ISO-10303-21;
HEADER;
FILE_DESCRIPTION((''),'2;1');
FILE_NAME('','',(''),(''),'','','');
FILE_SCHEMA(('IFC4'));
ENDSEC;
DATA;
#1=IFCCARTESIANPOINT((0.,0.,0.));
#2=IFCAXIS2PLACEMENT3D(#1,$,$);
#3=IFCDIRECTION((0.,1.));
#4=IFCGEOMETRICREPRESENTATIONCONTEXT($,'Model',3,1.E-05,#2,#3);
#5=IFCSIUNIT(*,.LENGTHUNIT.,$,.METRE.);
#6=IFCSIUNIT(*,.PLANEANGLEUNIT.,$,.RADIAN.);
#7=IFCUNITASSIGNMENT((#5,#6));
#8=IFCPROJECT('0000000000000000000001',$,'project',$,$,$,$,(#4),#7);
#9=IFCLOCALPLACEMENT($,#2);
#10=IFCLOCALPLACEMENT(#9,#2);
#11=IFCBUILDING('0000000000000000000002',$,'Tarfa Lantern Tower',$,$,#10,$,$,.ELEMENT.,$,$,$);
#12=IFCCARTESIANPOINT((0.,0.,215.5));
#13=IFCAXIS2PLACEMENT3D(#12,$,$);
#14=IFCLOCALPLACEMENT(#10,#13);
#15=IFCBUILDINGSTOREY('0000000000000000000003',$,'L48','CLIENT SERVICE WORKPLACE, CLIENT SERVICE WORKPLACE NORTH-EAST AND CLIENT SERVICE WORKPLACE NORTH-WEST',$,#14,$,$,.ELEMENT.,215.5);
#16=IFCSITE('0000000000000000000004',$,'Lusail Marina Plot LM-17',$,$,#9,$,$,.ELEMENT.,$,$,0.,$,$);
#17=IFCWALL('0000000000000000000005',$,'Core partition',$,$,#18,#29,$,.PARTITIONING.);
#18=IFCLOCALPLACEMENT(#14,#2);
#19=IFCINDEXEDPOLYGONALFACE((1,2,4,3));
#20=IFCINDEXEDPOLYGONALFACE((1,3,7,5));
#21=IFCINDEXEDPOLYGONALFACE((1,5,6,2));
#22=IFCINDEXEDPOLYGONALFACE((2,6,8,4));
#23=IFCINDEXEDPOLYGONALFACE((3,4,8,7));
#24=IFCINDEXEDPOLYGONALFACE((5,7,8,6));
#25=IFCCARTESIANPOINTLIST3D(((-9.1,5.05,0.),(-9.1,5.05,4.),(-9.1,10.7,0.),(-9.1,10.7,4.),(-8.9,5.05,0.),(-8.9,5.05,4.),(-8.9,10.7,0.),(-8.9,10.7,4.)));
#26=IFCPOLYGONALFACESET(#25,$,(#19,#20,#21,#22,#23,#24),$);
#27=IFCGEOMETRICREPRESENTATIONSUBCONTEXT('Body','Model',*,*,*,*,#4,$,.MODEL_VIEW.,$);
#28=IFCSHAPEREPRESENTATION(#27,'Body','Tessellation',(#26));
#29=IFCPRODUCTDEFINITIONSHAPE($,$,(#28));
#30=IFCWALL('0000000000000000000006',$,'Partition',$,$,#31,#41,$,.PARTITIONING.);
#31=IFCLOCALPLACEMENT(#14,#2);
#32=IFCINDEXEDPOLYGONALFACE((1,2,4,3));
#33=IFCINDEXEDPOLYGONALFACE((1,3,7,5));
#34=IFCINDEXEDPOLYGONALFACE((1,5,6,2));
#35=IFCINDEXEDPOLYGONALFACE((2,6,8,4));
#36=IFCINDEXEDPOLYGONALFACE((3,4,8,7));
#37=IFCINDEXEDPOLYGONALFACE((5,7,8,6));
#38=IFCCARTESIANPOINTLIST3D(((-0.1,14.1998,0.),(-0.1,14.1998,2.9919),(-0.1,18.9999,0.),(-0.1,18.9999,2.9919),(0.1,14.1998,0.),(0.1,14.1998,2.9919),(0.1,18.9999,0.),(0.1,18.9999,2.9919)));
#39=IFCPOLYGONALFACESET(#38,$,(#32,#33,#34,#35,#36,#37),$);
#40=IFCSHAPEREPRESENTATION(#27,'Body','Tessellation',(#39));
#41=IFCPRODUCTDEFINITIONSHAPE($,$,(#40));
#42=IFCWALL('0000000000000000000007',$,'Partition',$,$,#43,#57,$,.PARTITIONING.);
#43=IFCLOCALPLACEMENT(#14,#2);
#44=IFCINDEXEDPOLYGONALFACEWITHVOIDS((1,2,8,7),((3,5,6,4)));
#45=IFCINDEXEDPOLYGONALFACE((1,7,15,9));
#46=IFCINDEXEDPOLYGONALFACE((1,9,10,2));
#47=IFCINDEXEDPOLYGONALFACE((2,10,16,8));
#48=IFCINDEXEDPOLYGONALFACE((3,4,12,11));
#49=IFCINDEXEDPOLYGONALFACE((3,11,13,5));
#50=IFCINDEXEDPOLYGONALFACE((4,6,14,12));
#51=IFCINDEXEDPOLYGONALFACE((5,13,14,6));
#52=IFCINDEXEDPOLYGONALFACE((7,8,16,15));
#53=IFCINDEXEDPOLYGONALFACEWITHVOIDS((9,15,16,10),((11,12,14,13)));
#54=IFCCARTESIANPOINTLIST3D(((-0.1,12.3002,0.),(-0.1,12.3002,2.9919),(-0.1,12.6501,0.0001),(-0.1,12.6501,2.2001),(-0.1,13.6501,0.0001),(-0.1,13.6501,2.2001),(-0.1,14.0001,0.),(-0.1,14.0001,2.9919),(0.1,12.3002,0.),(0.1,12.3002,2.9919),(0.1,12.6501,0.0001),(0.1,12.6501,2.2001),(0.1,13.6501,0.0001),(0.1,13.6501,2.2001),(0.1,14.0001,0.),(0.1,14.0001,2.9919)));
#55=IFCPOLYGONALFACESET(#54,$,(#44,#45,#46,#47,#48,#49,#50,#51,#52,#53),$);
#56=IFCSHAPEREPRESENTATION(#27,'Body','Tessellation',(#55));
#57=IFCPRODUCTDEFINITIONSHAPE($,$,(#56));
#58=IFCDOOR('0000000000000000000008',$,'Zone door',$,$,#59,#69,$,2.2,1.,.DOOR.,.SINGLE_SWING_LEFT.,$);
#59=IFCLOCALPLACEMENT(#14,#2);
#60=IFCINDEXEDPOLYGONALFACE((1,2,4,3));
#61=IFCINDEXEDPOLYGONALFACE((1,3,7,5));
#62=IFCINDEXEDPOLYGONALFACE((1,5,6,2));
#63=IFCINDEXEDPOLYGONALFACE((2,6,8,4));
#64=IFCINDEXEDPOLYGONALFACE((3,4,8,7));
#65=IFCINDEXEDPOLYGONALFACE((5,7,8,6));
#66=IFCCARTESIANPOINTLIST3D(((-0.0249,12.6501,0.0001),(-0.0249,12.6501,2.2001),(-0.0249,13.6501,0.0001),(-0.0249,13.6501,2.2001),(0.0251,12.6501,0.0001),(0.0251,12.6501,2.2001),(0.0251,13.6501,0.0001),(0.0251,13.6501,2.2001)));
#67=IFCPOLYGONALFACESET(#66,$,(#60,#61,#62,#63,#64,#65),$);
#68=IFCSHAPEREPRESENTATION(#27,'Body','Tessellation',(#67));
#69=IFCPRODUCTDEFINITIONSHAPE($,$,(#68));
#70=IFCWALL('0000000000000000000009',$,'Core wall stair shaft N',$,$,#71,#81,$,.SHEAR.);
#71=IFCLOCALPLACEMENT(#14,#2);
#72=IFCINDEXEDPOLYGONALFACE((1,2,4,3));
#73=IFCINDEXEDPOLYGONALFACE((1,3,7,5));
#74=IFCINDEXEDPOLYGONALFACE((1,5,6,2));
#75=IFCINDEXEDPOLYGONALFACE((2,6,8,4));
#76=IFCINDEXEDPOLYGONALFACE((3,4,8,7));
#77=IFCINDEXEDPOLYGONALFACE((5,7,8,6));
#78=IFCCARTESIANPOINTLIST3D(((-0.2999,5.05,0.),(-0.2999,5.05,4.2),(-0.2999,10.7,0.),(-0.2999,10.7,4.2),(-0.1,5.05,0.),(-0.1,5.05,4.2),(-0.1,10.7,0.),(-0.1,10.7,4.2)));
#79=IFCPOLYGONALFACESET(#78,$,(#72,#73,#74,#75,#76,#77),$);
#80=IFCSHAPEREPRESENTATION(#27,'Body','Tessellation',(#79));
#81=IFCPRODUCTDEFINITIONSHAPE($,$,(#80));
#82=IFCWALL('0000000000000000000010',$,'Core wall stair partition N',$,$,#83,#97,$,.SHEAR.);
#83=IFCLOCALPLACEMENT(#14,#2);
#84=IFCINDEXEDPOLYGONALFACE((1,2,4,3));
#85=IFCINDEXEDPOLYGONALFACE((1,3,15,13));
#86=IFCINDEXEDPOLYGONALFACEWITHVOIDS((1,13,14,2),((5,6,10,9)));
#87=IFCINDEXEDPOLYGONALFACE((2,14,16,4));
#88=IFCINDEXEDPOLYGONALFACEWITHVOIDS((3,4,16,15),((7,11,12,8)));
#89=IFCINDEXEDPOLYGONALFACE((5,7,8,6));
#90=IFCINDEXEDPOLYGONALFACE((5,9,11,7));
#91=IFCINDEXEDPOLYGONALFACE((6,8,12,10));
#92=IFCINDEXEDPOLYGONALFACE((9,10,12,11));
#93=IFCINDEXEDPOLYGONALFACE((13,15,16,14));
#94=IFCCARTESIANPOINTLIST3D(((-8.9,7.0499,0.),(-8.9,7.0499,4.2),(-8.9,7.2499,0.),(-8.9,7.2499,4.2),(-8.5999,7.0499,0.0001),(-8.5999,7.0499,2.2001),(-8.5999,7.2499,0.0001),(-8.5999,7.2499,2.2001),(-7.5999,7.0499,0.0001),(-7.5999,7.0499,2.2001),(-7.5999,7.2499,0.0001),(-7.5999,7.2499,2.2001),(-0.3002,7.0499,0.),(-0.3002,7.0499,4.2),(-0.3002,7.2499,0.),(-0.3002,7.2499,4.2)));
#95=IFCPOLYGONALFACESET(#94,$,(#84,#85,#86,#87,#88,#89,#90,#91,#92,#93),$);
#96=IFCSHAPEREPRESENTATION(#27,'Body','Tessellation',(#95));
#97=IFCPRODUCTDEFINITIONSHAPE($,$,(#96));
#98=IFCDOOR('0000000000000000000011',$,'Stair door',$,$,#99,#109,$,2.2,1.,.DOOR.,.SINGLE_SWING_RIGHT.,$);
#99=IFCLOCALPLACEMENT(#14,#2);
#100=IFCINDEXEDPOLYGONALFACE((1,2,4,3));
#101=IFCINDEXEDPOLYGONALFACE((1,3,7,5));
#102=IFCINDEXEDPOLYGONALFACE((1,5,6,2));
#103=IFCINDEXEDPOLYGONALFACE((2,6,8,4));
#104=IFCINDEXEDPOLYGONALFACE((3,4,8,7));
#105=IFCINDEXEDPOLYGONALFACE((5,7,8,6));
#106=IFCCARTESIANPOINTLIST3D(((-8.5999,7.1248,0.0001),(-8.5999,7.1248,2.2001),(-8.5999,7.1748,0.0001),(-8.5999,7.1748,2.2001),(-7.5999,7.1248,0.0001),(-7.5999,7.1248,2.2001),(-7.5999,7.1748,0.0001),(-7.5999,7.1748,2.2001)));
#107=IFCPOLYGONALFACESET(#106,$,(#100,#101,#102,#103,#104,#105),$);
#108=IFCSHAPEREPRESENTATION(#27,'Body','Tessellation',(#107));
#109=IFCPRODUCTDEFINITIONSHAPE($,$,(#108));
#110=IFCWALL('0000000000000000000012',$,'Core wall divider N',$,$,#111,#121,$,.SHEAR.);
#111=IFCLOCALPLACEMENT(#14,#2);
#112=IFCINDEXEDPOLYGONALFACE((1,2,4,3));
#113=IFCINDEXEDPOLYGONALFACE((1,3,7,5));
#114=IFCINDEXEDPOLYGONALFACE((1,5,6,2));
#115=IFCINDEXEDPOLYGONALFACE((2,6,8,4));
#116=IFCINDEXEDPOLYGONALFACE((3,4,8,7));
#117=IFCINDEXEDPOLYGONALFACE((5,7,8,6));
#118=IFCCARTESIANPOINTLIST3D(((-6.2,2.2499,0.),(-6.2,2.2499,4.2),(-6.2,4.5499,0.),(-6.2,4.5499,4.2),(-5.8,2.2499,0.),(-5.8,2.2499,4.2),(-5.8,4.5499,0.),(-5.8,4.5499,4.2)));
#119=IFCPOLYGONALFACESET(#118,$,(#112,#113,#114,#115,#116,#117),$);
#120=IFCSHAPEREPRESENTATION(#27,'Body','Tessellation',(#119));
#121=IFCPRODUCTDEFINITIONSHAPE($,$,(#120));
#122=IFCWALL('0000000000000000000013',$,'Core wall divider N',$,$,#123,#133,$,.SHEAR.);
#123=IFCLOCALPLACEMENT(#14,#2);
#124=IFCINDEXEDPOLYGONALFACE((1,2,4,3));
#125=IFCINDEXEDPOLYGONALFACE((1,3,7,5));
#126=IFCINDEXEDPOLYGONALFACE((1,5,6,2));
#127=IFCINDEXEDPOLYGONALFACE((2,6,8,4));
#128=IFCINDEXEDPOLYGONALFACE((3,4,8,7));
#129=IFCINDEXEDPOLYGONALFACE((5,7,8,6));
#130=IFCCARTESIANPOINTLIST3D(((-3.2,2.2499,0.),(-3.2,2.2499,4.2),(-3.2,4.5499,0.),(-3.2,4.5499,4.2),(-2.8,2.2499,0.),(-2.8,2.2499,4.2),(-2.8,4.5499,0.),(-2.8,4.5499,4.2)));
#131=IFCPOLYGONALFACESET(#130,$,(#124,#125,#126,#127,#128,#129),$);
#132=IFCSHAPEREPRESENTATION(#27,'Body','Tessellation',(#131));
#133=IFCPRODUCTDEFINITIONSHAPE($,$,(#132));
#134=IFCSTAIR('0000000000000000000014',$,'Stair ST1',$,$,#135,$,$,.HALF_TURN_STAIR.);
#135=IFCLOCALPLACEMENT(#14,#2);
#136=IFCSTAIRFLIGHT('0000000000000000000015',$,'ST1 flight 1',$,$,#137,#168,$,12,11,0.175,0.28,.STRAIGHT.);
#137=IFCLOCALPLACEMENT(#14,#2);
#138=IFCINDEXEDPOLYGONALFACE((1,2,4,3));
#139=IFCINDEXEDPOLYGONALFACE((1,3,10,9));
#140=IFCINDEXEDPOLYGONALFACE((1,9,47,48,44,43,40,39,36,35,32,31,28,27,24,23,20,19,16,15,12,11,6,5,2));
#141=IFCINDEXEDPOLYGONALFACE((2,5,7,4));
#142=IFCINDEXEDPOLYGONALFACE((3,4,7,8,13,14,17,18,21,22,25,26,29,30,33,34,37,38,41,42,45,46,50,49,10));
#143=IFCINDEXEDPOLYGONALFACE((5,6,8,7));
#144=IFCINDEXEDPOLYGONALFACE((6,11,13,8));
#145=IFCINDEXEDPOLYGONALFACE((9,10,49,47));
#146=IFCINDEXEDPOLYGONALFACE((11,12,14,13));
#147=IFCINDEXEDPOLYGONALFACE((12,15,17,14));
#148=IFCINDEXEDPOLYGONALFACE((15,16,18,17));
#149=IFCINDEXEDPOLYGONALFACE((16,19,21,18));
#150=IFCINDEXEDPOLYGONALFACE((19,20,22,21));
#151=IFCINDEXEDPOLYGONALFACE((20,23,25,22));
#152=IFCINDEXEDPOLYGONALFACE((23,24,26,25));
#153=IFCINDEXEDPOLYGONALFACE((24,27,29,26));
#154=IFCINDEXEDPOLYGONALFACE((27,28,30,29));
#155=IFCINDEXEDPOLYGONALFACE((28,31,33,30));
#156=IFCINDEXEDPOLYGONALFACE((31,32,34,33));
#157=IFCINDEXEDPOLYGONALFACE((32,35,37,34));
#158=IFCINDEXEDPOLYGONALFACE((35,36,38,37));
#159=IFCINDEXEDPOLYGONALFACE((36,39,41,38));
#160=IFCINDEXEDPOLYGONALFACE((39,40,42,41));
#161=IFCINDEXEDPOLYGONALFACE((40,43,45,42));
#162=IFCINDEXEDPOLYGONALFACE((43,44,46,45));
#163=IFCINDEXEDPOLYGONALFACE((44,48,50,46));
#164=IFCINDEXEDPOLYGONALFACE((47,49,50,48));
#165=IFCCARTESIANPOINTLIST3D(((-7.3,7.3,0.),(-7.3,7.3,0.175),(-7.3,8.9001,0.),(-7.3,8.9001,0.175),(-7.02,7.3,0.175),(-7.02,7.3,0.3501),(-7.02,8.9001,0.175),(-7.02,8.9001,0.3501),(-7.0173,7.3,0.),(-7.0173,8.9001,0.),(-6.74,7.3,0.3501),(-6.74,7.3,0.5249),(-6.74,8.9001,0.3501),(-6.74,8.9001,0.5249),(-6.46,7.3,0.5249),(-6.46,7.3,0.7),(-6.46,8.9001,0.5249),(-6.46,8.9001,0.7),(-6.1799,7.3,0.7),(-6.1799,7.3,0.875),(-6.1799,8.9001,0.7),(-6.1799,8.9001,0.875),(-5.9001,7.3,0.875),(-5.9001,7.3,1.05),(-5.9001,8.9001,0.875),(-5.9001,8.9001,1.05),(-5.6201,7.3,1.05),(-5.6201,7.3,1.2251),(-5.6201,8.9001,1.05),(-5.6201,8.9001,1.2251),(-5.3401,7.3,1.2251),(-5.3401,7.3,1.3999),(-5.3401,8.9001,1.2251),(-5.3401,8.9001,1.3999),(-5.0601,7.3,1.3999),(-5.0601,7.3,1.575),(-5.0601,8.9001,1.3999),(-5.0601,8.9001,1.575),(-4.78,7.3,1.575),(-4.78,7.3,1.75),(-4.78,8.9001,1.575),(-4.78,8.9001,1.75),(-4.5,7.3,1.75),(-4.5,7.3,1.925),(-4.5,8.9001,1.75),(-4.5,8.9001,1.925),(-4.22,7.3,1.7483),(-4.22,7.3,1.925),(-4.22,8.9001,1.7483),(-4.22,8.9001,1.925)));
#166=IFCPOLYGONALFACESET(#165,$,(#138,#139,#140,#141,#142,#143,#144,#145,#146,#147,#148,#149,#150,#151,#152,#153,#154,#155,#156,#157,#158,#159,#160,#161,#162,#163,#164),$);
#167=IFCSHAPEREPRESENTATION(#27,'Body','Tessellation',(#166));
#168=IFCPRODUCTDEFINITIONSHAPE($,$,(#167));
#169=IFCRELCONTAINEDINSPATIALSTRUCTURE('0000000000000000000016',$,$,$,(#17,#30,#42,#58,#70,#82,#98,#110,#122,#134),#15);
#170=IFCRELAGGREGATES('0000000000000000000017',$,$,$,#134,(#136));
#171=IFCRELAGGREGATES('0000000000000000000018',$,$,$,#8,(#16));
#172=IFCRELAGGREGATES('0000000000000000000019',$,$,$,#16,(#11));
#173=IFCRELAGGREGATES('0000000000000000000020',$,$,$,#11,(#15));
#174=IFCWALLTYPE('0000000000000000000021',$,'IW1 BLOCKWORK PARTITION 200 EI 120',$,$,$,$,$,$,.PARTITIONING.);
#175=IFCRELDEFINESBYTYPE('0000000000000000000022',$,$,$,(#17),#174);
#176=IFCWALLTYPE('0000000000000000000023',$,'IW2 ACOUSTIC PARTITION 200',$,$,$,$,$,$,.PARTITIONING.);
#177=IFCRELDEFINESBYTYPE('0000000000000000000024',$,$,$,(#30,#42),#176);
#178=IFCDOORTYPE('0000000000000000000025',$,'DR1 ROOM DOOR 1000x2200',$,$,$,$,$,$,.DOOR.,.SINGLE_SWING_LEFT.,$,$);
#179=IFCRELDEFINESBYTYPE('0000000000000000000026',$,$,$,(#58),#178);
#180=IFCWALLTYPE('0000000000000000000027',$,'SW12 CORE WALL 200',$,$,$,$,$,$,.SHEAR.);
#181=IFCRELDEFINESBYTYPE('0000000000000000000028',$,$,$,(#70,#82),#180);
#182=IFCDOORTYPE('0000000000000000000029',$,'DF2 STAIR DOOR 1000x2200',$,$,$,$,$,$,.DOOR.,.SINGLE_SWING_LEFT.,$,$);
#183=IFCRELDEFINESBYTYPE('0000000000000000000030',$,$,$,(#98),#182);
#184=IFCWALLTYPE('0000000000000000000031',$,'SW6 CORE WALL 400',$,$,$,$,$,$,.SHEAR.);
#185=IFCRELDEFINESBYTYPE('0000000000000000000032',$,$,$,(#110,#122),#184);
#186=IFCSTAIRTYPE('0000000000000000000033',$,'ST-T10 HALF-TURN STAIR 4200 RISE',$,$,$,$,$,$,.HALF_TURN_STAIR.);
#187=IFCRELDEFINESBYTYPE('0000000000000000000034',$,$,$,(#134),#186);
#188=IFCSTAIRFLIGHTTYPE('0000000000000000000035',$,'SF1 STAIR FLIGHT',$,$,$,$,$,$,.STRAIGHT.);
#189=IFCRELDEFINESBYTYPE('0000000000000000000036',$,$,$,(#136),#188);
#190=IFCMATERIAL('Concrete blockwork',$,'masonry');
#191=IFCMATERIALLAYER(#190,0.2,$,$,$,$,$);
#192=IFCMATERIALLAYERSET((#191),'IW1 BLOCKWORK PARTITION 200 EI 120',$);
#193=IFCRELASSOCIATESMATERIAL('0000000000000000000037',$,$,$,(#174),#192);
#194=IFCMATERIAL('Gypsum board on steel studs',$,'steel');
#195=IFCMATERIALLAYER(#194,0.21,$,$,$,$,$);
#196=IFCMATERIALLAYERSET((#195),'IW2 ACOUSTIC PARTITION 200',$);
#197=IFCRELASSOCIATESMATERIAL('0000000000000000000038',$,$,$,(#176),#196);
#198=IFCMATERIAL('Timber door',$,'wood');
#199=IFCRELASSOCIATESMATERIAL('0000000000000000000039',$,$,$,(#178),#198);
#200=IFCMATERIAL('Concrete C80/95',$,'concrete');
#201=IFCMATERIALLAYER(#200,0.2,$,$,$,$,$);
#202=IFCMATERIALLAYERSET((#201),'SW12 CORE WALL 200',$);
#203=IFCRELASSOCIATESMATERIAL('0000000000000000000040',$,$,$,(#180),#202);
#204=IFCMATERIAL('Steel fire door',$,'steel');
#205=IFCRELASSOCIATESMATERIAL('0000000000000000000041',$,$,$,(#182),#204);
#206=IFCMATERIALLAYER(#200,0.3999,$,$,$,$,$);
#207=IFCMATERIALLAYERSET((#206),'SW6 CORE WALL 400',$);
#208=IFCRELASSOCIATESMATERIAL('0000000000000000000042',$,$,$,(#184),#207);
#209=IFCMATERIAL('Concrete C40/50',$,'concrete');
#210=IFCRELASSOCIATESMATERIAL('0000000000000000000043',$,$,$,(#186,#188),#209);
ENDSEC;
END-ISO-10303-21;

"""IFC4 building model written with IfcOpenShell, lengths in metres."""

from ifc_helpers import new_model, si_unit, direction, frame, frame_2d, origin, place, context, subcontext, project, spatial, polyline, rectangle, outline, extrude, material, layer, layer_set, type_object, element, fill, aggregate, save


model = new_model("IFC4")

# Units and contexts
model_context = context("Model", 3, precision=1e-05, world=origin(), true_north=direction((0.0, 1.0)))
body_context = subcontext(model_context, "Body", "Model", "MODEL_VIEW")
ifc_project = project(units=[si_unit("LENGTHUNIT", "METRE"), si_unit("PLANEANGLEUNIT", "RADIAN")], contexts=[model_context])

# Site, building, storey
site_placement = place(None, origin())
site = spatial("IfcSite", under=ifc_project, at=site_placement, Name="Lusail Marina Plot LM-17", CompositionType="ELEMENT", RefElevation=0.0)
building_placement = place(site_placement, origin())
building = spatial("IfcBuilding", under=site, at=building_placement, Name="Tarfa Lantern Tower", CompositionType="ELEMENT")
storey_placement = place(building_placement, frame((0.0, 0.0, 215.5)))
storey = spatial("IfcBuildingStorey", under=building, at=storey_placement, Name="L48", Description="CLIENT SERVICE WORKPLACE, CLIENT SERVICE WORKPLACE NORTH-EAST AND CLIENT SERVICE WORKPLACE NORTH-WEST", CompositionType="ELEMENT", Elevation=215.5)

# Walls
ifc_material_1 = material(Name="Concrete blockwork", Category="masonry")
ifc_layer_1 = layer(ifc_material_1, 0.2)
ifc_layer_set_1 = layer_set([ifc_layer_1], Name="IW1 BLOCKWORK PARTITION 200 EI 120")
wall_type_1 = type_object("IfcWallType", Name="IW1 BLOCKWORK PARTITION 200 EI 120", PredefinedType="PARTITIONING", material=ifc_layer_set_1)
wall_1_placement = place(storey_placement, frame((-9.0, 5.05, 0.0), z_axis=(0.0, 0.0, 1.0), x_axis=(0.0, 1.0, 0.0)))
element("IfcWall", 1, at=wall_1_placement, inside=storey, type_object=wall_type_1, Name="Core partition", PredefinedType="PARTITIONING", context=body_context, shape_type="SweptSolid", body=[
    extrude(rectangle(XDim=5.6499, YDim=0.2, at=frame_2d((2.825, 0.0))), origin(), (0.0, 0.0, 1.0), 4.0),
])
ifc_material_2 = material(Name="Gypsum board on steel studs", Category="steel")
ifc_layer_2 = layer(ifc_material_2, 0.21)
ifc_layer_set_2 = layer_set([ifc_layer_2], Name="IW2 ACOUSTIC PARTITION 200")
wall_type_2 = type_object("IfcWallType", Name="IW2 ACOUSTIC PARTITION 200", PredefinedType="PARTITIONING", material=ifc_layer_set_2)
wall_2_placement = place(storey_placement, frame((0.0, 14.2, 0.0), z_axis=(0.0, 0.0, 1.0), x_axis=(0.0, 1.0, 0.0)))
element("IfcWall", 2, at=wall_2_placement, inside=storey, type_object=wall_type_2, Name="Partition", PredefinedType="PARTITIONING", context=body_context, shape_type="SweptSolid", body=[
    extrude(rectangle(XDim=4.8, YDim=0.2, at=frame_2d((2.3999, 0.0))), origin(), (0.0, 0.0, 1.0), 2.9919),
])

# Wall, opening, door
wall_3_placement = place(storey_placement, frame((0.0, 12.3, 0.0), z_axis=(0.0, 0.0, 1.0), x_axis=(0.0, 1.0, 0.0)))
wall_3 = element("IfcWall", 3, at=wall_3_placement, inside=storey, type_object=wall_type_2, Name="Partition", PredefinedType="PARTITIONING", context=body_context, shape_type="SweptSolid", body=[
    extrude(rectangle(XDim=1.7, YDim=0.2, at=frame_2d((0.8501, 0.0))), origin(), (0.0, 0.0, 1.0), 2.9919),
])
opening_1_placement = place(wall_3_placement, frame((0.3501, 0.0, 0.0)))
opening_1 = element("IfcOpeningElement", 4, at=opening_1_placement, cuts=wall_3, PredefinedType="OPENING", context=body_context, shape_type="SweptSolid", body=[
    extrude(rectangle(XDim=1.0, YDim=2.2, at=frame_2d((0.5, 1.1001))), frame((0.0, 0.1099, 0.0), z_axis=(0.0, -1.0, 0.0), x_axis=(1.0, 0.0, 0.0)), (0.0, 0.0, 1.0), 0.22),
])
ifc_material_3 = material(Name="Timber door", Category="wood")
door_type_1 = type_object("IfcDoorType", Name="DR1 ROOM DOOR 1000x2200", OperationType="SINGLE_SWING_LEFT", PredefinedType="DOOR", material=ifc_material_3)
door_1_placement = place(opening_1_placement, origin())
door_1 = element("IfcDoor", 5, at=door_1_placement, inside=storey, type_object=door_type_1, Name="Zone door", OperationType="SINGLE_SWING_LEFT", OverallHeight=2.2, OverallWidth=1.0, PredefinedType="DOOR", context=body_context, shape_type="SweptSolid", body=[
    extrude(rectangle(XDim=1.0, YDim=2.2, at=frame_2d((0.5, 1.1001))), frame((0.0, 0.0249, 0.0), z_axis=(0.0, -1.0, 0.0), x_axis=(1.0, 0.0, 0.0)), (0.0, 0.0, 1.0), 0.05),
])
fill(opening_1, door_1)

# Wall
ifc_material_4 = material(Name="Concrete C80/95", Category="concrete")
ifc_layer_3 = layer(ifc_material_4, 0.2)
ifc_layer_set_3 = layer_set([ifc_layer_3], Name="SW12 CORE WALL 200")
wall_type_3 = type_object("IfcWallType", Name="SW12 CORE WALL 200", PredefinedType="SHEAR", material=ifc_layer_set_3)
wall_4_placement = place(storey_placement, frame((-0.2, 5.05, 0.0), z_axis=(0.0, 0.0, 1.0), x_axis=(0.0, 1.0, 0.0)))
element("IfcWall", 6, at=wall_4_placement, inside=storey, type_object=wall_type_3, Name="Core wall stair shaft N", PredefinedType="SHEAR", context=body_context, shape_type="SweptSolid", body=[
    extrude(rectangle(XDim=5.6499, YDim=0.2, at=frame_2d((2.825, 0.0))), origin(), (0.0, 0.0, 1.0), 4.2),
])

# Wall, opening, door
wall_5_placement = place(storey_placement, frame((-8.8999, 7.1499, 0.0), z_axis=(0.0, 0.0, 1.0), x_axis=(1.0, 0.0, 0.0)))
wall_5 = element("IfcWall", 7, at=wall_5_placement, inside=storey, type_object=wall_type_3, Name="Core wall stair partition N", PredefinedType="SHEAR", context=body_context, shape_type="SweptSolid", body=[
    extrude(rectangle(XDim=8.5999, YDim=0.2, at=frame_2d((4.2998, 0.0))), origin(), (0.0, 0.0, 1.0), 4.2),
])
opening_2_placement = place(wall_5_placement, frame((0.3, 0.0, 0.0)))
opening_2 = element("IfcOpeningElement", 8, at=opening_2_placement, cuts=wall_5, PredefinedType="OPENING", context=body_context, shape_type="SweptSolid", body=[
    extrude(rectangle(XDim=1.0, YDim=2.2, at=frame_2d((0.5, 1.1001))), frame((0.0, 0.1099, 0.0), z_axis=(0.0, -1.0, 0.0), x_axis=(1.0, 0.0, 0.0)), (0.0, 0.0, 1.0), 0.22),
])
ifc_material_5 = material(Name="Steel fire door", Category="steel")
door_type_2 = type_object("IfcDoorType", Name="DF2 STAIR DOOR 1000x2200", OperationType="SINGLE_SWING_LEFT", PredefinedType="DOOR", material=ifc_material_5)
door_2_placement = place(opening_2_placement, origin())
door_2 = element("IfcDoor", 9, at=door_2_placement, inside=storey, type_object=door_type_2, Name="Stair door", OperationType="SINGLE_SWING_RIGHT", OverallHeight=2.2, OverallWidth=1.0, PredefinedType="DOOR", context=body_context, shape_type="SweptSolid", body=[
    extrude(rectangle(XDim=1.0, YDim=2.2, at=frame_2d((0.5, 1.1001))), frame((0.0, 0.0249, 0.0), z_axis=(0.0, -1.0, 0.0), x_axis=(1.0, 0.0, 0.0)), (0.0, 0.0, 1.0), 0.05),
])
fill(opening_2, door_2)

# Walls
ifc_layer_4 = layer(ifc_material_4, 0.3999)
ifc_layer_set_4 = layer_set([ifc_layer_4], Name="SW6 CORE WALL 400")
wall_type_4 = type_object("IfcWallType", Name="SW6 CORE WALL 400", PredefinedType="SHEAR", material=ifc_layer_set_4)
for number, where, z_axis, x_axis, name in (
    (10, (-6.0, 2.25, 0.0), (0.0, 0.0, 1.0), (0.0, 1.0, 0.0), "Core wall divider N"),
    (11, (-3.0, 2.25, 0.0), (0.0, 0.0, 1.0), (0.0, 1.0, 0.0), "Core wall divider N"),
):
    element("IfcWall", number, at=place(storey_placement, frame(where, z_axis=z_axis, x_axis=x_axis)), inside=storey, type_object=wall_type_4, Name=name, PredefinedType="SHEAR", context=body_context, shape_type="SweptSolid", body=[
        extrude(rectangle(XDim=2.3, YDim=0.3999, at=frame_2d((1.1499, 0.0))), origin(), (0.0, 0.0, 1.0), 4.2),
    ])

# Stair, stair flight
ifc_material_6 = material(Name="Concrete C40/50", Category="concrete")
stair_type = type_object("IfcStairType", Name="ST-T10 HALF-TURN STAIR 4200 RISE", PredefinedType="HALF_TURN_STAIR", material=ifc_material_6)
stair_placement = place(storey_placement, origin())
stair = element("IfcStair", 12, at=stair_placement, inside=storey, type_object=stair_type, Name="Stair ST1", PredefinedType="HALF_TURN_STAIR")
stair_flight_type = type_object("IfcStairFlightType", Name="SF1 STAIR FLIGHT", PredefinedType="STRAIGHT", material=ifc_material_6)
stair_flight_1_placement = place(storey_placement, frame((-7.3, 8.1001, 0.0), z_axis=(0.0, 0.0, 1.0), x_axis=(1.0, 0.0, 0.0)))
stair_flight_1 = element("IfcStairFlight", 13, at=stair_flight_1_placement, type_object=stair_flight_type, Name="ST1 flight 1", NumberOfRisers=12, NumberOfTreads=11, PredefinedType="STRAIGHT", RiserHeight=0.175, TreadLength=0.28, context=body_context, shape_type="SweptSolid", body=[
    extrude(outline(polyline([(0.0, 0.0), (0.0, 0.175), (0.28, 0.175), (0.28, 0.3501), (0.5601, 0.3501), (0.5601, 0.5249), (0.8401, 0.5249), (0.8401, 0.7), (1.1201, 0.7), (1.1201, 0.875), (1.3999, 0.875), (1.3999, 1.05), (1.6799, 1.05), (1.6799, 1.2251), (1.96, 1.2251), (1.96, 1.3999), (2.24, 1.3999), (2.24, 1.575), (2.52, 1.575), (2.52, 1.75), (2.8, 1.75), (2.8, 1.925), (3.0801, 1.925), (3.0801, 2.1001), (3.0801, 1.7483), (0.2827, 0.0), (0.0, 0.0)])), frame((0.0, 0.8, 0.0), z_axis=(0.0, -1.0, 0.0), x_axis=(1.0, 0.0, 0.0)), (0.0, 0.0, 1.0), 1.6001),
])
aggregate(stair, [stair_flight_1])

save(model, "model.ifc")
